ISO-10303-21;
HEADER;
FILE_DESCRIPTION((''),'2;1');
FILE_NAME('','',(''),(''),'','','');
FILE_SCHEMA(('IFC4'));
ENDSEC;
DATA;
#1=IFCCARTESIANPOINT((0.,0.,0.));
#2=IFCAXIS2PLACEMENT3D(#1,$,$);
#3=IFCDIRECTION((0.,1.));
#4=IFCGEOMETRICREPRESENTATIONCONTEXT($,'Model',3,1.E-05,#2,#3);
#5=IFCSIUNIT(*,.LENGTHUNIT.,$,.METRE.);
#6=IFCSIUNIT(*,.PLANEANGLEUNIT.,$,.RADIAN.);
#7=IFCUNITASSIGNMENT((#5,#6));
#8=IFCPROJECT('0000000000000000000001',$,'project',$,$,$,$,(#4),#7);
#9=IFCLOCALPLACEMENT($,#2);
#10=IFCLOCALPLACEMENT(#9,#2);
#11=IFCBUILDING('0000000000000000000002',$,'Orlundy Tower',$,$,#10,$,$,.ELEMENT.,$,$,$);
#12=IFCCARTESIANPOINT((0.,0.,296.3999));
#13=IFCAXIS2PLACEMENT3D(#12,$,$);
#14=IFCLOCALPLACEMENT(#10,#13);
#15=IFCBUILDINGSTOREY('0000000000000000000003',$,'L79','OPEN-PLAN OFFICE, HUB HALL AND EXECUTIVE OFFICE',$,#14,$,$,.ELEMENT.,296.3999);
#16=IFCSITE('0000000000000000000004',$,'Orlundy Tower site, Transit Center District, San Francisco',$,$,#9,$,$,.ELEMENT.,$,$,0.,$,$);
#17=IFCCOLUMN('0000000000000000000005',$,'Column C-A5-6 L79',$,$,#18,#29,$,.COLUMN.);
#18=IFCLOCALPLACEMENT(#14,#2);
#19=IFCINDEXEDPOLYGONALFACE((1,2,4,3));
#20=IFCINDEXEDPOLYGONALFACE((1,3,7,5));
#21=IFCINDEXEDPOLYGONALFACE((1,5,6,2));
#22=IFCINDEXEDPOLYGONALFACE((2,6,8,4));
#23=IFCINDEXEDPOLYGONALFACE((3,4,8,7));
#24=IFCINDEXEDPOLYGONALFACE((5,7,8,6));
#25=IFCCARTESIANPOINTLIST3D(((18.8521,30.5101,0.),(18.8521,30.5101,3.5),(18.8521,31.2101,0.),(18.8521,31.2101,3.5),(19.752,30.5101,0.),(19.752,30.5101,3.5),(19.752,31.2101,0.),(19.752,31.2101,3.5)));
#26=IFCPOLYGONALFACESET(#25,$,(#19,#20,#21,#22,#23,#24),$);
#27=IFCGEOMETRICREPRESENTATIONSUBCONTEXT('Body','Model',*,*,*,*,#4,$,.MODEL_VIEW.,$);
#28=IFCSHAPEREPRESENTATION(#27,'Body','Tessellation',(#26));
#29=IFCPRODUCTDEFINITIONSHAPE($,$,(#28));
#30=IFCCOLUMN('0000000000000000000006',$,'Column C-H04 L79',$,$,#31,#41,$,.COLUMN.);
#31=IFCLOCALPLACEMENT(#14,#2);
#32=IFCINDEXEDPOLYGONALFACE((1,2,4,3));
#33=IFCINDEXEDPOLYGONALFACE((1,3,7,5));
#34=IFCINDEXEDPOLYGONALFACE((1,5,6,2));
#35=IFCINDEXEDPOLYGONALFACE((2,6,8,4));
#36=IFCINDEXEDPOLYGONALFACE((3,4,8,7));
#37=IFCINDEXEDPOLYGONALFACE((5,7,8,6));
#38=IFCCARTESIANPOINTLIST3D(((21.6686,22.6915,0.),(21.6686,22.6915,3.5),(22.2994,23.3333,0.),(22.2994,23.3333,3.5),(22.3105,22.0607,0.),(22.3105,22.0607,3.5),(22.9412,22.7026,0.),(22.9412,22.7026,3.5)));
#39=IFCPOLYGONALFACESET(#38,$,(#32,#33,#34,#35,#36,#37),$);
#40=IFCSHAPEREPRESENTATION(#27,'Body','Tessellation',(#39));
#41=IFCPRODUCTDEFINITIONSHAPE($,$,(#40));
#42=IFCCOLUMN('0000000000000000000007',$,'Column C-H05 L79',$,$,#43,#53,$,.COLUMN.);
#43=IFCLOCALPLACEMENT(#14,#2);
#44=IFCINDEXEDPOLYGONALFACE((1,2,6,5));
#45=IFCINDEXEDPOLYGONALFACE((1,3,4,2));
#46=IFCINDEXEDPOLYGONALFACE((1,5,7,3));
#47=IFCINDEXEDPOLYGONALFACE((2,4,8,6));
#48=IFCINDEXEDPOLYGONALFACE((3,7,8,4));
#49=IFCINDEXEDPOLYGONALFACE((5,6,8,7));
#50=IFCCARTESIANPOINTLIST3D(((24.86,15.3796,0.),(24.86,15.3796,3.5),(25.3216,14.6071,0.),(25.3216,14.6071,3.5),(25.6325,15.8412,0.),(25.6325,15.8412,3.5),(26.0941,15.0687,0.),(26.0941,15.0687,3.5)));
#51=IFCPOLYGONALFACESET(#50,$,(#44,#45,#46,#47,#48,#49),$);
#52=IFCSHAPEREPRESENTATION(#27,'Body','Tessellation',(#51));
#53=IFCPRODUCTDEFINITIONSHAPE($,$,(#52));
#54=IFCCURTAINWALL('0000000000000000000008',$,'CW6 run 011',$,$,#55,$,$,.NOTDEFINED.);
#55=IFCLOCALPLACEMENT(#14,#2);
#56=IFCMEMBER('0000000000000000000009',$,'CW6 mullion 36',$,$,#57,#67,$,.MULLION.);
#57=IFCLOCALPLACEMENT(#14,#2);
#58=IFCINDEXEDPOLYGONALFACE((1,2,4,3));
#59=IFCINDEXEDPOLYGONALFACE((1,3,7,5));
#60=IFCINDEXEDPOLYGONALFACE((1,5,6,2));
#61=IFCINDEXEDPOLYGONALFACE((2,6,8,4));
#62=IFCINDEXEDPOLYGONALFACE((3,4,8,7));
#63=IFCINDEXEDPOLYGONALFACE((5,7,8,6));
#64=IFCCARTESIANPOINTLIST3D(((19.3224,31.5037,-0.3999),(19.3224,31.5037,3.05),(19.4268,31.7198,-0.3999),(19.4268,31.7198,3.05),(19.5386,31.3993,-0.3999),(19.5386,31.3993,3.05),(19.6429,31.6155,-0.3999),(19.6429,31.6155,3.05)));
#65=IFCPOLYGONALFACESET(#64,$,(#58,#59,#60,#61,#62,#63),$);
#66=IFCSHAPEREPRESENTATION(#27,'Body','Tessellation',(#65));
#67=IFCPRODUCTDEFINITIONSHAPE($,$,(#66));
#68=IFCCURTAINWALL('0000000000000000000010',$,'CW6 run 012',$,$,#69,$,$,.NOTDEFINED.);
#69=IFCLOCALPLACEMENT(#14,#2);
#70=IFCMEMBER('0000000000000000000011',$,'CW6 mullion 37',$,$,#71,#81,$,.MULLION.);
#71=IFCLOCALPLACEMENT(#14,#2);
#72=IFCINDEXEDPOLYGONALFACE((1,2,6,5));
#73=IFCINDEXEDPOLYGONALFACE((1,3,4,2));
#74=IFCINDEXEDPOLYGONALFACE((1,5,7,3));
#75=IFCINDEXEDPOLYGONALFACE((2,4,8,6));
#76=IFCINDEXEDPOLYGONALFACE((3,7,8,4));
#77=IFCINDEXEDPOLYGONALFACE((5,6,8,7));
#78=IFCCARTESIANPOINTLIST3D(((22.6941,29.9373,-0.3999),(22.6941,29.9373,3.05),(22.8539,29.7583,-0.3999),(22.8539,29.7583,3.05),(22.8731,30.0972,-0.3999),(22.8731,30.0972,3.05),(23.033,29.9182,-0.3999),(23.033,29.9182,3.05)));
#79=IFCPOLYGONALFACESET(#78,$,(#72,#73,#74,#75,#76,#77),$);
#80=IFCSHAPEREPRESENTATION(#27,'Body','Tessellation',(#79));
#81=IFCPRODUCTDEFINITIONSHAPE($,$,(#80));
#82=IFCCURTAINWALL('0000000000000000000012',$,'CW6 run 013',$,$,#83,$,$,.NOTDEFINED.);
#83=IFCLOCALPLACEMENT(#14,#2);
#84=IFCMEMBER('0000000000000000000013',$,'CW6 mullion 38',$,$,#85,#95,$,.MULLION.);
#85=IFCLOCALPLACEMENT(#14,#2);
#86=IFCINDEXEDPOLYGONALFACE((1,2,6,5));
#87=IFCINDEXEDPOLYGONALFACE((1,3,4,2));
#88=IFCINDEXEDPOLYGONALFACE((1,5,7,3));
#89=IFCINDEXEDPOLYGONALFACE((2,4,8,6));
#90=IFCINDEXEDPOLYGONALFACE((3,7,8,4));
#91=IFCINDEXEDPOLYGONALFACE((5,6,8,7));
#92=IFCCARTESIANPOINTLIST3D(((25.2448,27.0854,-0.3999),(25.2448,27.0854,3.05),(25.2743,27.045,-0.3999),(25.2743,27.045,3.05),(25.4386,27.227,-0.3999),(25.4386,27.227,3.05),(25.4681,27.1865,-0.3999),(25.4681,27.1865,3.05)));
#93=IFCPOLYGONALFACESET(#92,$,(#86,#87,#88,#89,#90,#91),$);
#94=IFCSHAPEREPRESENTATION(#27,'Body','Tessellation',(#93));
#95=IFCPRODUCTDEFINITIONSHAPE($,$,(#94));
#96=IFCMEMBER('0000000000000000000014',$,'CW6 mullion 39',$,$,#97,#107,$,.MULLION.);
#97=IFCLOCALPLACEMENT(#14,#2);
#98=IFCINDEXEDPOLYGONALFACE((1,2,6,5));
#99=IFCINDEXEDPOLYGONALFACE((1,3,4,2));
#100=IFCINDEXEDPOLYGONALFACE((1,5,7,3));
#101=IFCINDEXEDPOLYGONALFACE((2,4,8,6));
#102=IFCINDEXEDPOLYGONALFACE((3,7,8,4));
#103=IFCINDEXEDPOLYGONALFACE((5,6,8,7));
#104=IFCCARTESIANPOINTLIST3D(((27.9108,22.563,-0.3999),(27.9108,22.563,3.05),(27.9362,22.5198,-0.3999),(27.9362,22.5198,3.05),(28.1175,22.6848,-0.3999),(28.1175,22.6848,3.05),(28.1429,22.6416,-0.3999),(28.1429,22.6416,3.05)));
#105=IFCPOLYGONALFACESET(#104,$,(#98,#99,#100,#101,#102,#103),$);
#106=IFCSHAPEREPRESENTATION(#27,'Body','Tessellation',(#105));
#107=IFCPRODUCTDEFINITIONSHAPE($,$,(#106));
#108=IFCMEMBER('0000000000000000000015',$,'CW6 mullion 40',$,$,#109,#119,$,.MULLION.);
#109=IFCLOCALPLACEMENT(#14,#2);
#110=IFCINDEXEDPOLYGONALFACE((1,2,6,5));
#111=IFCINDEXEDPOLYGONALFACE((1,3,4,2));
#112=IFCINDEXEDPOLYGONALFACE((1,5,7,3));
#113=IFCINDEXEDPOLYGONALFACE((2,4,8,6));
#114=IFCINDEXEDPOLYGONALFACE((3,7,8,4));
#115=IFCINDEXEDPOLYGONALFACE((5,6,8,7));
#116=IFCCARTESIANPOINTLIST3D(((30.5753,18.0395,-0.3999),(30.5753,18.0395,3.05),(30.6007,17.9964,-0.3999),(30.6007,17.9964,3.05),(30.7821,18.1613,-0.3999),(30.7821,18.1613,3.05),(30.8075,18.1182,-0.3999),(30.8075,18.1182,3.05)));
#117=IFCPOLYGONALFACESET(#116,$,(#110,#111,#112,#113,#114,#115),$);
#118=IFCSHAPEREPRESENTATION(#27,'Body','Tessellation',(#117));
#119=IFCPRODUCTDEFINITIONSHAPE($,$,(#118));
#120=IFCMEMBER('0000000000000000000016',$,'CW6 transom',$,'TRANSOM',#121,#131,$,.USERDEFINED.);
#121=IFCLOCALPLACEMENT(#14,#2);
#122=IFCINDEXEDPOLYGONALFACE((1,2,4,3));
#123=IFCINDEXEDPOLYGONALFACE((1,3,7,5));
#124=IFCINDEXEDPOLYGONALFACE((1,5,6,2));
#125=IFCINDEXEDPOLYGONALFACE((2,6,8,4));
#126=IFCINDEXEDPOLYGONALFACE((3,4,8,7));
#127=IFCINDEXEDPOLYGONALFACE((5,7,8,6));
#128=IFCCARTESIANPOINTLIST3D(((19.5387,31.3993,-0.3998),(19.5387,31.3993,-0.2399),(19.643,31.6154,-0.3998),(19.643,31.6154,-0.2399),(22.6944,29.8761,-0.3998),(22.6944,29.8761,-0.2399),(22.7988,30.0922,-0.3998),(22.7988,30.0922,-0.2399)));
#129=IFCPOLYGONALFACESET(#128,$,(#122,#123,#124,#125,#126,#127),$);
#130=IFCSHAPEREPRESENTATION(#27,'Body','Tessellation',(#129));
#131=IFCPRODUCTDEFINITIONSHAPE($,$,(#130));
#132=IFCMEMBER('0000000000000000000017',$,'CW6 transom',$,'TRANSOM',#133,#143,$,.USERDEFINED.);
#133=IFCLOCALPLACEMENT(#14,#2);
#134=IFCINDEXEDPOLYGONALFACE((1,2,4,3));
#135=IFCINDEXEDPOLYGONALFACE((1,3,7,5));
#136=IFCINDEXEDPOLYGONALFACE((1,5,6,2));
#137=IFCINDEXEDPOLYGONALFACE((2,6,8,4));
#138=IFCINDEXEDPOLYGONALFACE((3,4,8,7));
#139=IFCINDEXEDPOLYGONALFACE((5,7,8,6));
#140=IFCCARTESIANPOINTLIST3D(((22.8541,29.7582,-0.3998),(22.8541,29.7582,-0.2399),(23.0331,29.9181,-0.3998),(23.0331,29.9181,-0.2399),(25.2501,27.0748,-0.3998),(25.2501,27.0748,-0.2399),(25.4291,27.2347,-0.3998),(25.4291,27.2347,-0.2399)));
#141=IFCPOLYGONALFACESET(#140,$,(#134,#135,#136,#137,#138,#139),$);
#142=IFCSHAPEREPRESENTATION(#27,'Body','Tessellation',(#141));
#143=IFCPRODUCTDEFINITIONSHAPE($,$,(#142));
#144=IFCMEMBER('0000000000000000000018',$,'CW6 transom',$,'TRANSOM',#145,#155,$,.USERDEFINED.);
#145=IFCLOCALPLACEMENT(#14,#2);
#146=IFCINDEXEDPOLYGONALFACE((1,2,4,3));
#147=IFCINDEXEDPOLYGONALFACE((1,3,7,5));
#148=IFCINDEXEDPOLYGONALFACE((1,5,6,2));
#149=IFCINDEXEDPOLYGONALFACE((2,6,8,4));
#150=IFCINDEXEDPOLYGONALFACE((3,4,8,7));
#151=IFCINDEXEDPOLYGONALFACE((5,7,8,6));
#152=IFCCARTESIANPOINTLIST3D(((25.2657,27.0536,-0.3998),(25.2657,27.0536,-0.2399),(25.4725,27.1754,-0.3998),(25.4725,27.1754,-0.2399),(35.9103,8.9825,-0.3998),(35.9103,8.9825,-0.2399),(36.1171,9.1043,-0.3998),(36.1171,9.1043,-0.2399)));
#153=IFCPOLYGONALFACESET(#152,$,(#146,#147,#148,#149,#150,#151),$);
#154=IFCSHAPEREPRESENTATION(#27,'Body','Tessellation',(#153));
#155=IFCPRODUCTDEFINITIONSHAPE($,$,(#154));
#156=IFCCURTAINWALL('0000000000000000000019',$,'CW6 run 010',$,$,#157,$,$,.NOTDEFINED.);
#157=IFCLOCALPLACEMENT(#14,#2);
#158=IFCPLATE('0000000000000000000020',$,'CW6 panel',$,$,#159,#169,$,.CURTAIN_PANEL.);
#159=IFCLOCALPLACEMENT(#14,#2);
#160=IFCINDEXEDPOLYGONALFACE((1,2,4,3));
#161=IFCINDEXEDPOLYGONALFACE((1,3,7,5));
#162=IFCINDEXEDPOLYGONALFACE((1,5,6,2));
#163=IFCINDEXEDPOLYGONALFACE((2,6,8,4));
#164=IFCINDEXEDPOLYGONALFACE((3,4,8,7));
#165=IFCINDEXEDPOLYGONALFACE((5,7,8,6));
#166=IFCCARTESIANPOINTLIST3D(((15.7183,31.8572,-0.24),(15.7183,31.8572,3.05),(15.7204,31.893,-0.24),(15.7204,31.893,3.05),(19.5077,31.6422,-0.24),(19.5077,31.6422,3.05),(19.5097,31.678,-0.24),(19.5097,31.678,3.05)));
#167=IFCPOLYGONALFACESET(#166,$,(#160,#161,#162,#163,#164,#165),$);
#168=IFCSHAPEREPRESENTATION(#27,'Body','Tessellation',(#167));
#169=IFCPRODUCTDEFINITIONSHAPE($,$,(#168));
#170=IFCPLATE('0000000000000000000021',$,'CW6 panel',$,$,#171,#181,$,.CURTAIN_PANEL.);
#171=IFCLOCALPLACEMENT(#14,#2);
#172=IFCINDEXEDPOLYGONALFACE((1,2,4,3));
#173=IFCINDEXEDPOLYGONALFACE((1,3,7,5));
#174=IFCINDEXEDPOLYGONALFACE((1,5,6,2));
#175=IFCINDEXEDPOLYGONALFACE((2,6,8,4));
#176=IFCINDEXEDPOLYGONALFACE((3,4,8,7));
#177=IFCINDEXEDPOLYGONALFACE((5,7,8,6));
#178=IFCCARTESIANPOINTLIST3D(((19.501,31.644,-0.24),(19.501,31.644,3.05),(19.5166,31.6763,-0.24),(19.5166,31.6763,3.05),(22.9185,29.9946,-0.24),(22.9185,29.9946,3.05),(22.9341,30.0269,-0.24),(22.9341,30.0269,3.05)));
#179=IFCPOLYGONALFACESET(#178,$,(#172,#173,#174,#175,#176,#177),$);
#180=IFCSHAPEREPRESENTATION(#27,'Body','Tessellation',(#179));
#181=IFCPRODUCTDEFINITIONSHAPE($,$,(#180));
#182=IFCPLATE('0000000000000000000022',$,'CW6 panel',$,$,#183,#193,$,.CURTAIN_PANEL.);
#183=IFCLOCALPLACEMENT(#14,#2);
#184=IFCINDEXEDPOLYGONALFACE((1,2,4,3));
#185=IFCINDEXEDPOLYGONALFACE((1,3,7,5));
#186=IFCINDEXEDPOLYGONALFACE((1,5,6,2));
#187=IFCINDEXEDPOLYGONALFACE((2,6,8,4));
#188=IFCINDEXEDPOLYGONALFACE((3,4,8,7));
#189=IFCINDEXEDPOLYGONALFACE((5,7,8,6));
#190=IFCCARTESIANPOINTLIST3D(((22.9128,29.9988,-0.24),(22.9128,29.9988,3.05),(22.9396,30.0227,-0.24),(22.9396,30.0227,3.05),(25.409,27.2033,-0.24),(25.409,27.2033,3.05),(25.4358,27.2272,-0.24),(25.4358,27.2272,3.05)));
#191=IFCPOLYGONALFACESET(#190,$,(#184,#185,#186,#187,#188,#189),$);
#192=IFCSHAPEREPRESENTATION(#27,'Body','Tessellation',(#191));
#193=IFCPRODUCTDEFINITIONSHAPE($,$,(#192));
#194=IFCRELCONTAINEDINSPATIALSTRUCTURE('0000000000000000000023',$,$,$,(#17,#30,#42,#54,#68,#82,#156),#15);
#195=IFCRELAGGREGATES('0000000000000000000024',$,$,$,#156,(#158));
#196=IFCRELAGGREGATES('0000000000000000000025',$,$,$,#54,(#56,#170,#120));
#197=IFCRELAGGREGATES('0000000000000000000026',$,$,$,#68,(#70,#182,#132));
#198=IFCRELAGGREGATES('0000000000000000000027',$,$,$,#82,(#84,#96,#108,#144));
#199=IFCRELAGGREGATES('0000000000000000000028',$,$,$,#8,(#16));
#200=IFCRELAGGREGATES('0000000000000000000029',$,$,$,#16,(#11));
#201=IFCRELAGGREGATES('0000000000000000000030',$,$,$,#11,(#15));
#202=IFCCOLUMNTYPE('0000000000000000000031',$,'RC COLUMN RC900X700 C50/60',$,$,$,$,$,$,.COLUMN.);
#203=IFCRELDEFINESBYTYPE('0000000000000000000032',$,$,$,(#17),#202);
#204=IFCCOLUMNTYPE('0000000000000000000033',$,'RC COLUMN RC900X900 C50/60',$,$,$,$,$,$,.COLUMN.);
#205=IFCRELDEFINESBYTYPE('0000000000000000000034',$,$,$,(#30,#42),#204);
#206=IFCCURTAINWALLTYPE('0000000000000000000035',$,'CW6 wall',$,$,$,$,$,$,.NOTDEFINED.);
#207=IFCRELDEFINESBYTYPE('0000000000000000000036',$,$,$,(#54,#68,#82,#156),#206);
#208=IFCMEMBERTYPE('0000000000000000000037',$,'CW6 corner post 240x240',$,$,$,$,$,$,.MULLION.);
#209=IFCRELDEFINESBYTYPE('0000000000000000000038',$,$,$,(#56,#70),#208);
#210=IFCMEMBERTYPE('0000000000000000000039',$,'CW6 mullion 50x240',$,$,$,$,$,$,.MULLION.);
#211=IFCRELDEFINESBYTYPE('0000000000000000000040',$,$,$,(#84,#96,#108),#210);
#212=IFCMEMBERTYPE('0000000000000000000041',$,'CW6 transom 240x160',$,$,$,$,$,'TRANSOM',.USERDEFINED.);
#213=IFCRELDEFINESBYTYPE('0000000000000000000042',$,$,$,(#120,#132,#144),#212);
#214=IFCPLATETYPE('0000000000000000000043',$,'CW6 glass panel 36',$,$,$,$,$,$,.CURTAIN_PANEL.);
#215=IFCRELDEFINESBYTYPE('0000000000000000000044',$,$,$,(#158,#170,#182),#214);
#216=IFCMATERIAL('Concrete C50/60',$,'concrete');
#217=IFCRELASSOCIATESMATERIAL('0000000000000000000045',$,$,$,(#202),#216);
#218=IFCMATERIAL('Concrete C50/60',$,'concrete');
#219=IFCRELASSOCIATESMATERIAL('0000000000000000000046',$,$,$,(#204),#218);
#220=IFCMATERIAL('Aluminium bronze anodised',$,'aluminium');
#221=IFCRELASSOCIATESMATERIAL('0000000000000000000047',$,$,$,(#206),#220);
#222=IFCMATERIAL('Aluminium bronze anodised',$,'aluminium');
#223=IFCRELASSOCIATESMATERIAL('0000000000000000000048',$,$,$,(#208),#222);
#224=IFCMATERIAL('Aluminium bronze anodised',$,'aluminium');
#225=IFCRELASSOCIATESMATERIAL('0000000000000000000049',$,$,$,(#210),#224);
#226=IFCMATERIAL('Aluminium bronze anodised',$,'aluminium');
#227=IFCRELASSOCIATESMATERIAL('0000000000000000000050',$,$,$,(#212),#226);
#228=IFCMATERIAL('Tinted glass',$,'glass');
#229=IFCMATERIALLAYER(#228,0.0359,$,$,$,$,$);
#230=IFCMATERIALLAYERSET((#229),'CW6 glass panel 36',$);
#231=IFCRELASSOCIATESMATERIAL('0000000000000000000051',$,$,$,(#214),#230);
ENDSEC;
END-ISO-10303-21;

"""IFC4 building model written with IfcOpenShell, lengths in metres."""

from ifc_helpers import new_model, si_unit, direction, frame, origin, origin_2d, place, context, subcontext, project, spatial, rectangle, extrude, material, layer, layer_set, material_profile, profile_set, type_object, element, aggregate, save


model = new_model("IFC4")

# Units and contexts
model_context = context("Model", 3, precision=1e-05, world=origin(), true_north=direction((0.0, 1.0)))
body_context = subcontext(model_context, "Body", "Model", "MODEL_VIEW")
ifc_project = project(units=[si_unit("LENGTHUNIT", "METRE"), si_unit("PLANEANGLEUNIT", "RADIAN")], contexts=[model_context])

# Site, building, storey
site_placement = place(None, origin())
site = spatial("IfcSite", under=ifc_project, at=site_placement, Name="Orlundy Tower site, Transit Center District, San Francisco", CompositionType="ELEMENT", RefElevation=0.0)
building_placement = place(site_placement, origin())
building = spatial("IfcBuilding", under=site, at=building_placement, Name="Orlundy Tower", CompositionType="ELEMENT")
storey_placement = place(building_placement, frame((0.0, 0.0, 296.3999)))
storey = spatial("IfcBuildingStorey", under=building, at=storey_placement, Name="L79", Description="OPEN-PLAN OFFICE, HUB HALL AND EXECUTIVE OFFICE", CompositionType="ELEMENT", Elevation=296.3999)

# Columns
ifc_material_1 = material(Name="Concrete C50/60", Category="concrete")
ifc_material_profile_1 = material_profile(ifc_material_1, rectangle(XDim=0.8999, YDim=0.7, at=origin_2d()), Name="RC900X700")
ifc_profile_set_1 = profile_set([ifc_material_profile_1], Name="Concrete C50/60")
column_type_1 = type_object("IfcColumnType", Name="RC COLUMN RC900X700 C50/60", PredefinedType="COLUMN", material=ifc_profile_set_1)
column_placement = place(storey_placement, frame((19.302, 30.8601, 0.0), z_axis=(0.0, 0.0, 1.0), x_axis=(1.0, 0.0, 0.0)))
element("IfcColumn", 1, at=column_placement, inside=storey, type_object=column_type_1, Name="Column C-A5-6 L79", PredefinedType="COLUMN", context=body_context, shape_type="SweptSolid", body=[
    extrude(rectangle(XDim=0.8999, YDim=0.7, at=origin_2d()), origin(), (0.0, 0.0, 1.0), 3.5),
])
ifc_material_2 = material(Name="Concrete C50/60", Category="concrete")
ifc_material_profile_2 = material_profile(ifc_material_2, rectangle(XDim=0.8999, YDim=0.8999, at=origin_2d()), Name="RC900X900")
ifc_profile_set_2 = profile_set([ifc_material_profile_2], Name="Concrete C50/60")
column_type_2 = type_object("IfcColumnType", Name="RC COLUMN RC900X900 C50/60", PredefinedType="COLUMN", material=ifc_profile_set_2)
for number, where, z_axis, x_axis, name in (
    (2, (22.3049, 22.697, 0.0), (0.0, 0.0, 1.0), (0.700922, 0.713238, 0.0), "Column C-H04 L79"),
    (3, (25.4771, 15.2241, 0.0), (0.0, 0.0, 1.0), (0.858414, 0.512957, 0.0), "Column C-H05 L79"),
):
    element("IfcColumn", number, at=place(storey_placement, frame(where, z_axis=z_axis, x_axis=x_axis)), inside=storey, type_object=column_type_2, Name=name, PredefinedType="COLUMN", context=body_context, shape_type="SweptSolid", body=[
        extrude(rectangle(XDim=0.8999, YDim=0.8999, at=origin_2d()), origin(), (0.0, 0.0, 1.0), 3.5),
    ])

# Curtain walls, members
ifc_material_3 = material(Name="Aluminium bronze anodised", Category="aluminium")
curtain_wall_type = type_object("IfcCurtainWallType", Name="CW6 wall", PredefinedType="NOTDEFINED", material=ifc_material_3)
curtain_wall_1_placement = place(storey_placement, origin())
curtain_wall_1 = element("IfcCurtainWall", 4, at=curtain_wall_1_placement, inside=storey, type_object=curtain_wall_type, Name="CW6 run 011", PredefinedType="NOTDEFINED")
ifc_material_4 = material(Name="Aluminium bronze anodised", Category="aluminium")
ifc_material_profile_3 = material_profile(ifc_material_4, rectangle(XDim=0.24, YDim=0.24, at=origin_2d()), Name="CW6 corner post 240x240")
ifc_profile_set_3 = profile_set([ifc_material_profile_3], Name="Aluminium bronze anodised")
member_type_1 = type_object("IfcMemberType", Name="CW6 corner post 240x240", PredefinedType="MULLION", material=ifc_profile_set_3)
member_1_placement = place(storey_placement, frame((19.4827, 31.5596, -0.3999), z_axis=(0.0, 0.0, 1.0), x_axis=(0.434651, 0.900599, 0.0)))
member_1 = element("IfcMember", 5, at=member_1_placement, type_object=member_type_1, Name="CW6 mullion 36", PredefinedType="MULLION", context=body_context, shape_type="SweptSolid", body=[
    extrude(rectangle(XDim=0.24, YDim=0.24, at=origin_2d()), origin(), (0.0, 0.0, 1.0), 3.45),
])
curtain_wall_2_placement = place(storey_placement, origin())
curtain_wall_2 = element("IfcCurtainWall", 6, at=curtain_wall_2_placement, inside=storey, type_object=curtain_wall_type, Name="CW6 run 012", PredefinedType="NOTDEFINED")
member_2_placement = place(storey_placement, frame((22.8635, 29.9277, -0.3999), z_axis=(0.0, 0.0, 1.0), x_axis=(0.745904, 0.666053, 0.0)))
member_2 = element("IfcMember", 7, at=member_2_placement, type_object=member_type_1, Name="CW6 mullion 37", PredefinedType="MULLION", context=body_context, shape_type="SweptSolid", body=[
    extrude(rectangle(XDim=0.24, YDim=0.24, at=origin_2d()), origin(), (0.0, 0.0, 1.0), 3.45),
])

# Curtain wall, members
curtain_wall_3_placement = place(storey_placement, origin())
curtain_wall_3 = element("IfcCurtainWall", 8, at=curtain_wall_3_placement, inside=storey, type_object=curtain_wall_type, Name="CW6 run 013", PredefinedType="NOTDEFINED")
ifc_material_5 = material(Name="Aluminium bronze anodised", Category="aluminium")
ifc_material_profile_4 = material_profile(ifc_material_5, rectangle(XDim=0.24, YDim=0.05, at=origin_2d()), Name="CW6 mullion 50x240")
ifc_profile_set_4 = profile_set([ifc_material_profile_4], Name="Aluminium bronze anodised")
member_type_2 = type_object("IfcMemberType", Name="CW6 mullion 50x240", PredefinedType="MULLION", material=ifc_profile_set_4)
member_3_placement = place(storey_placement, frame((25.3564, 27.136, -0.3999), z_axis=(0.0, 0.0, 1.0), x_axis=(0.807667, 0.589639, 0.0)))
member_3 = element("IfcMember", 9, at=member_3_placement, type_object=member_type_2, Name="CW6 mullion 38", PredefinedType="MULLION", context=body_context, shape_type="SweptSolid", body=[
    extrude(rectangle(XDim=0.24, YDim=0.05, at=origin_2d()), origin(), (0.0, 0.0, 1.0), 3.45),
])
member_4_placement = place(storey_placement, frame((28.0269, 22.6023, -0.3999), z_axis=(0.0, 0.0, 1.0), x_axis=(0.861633, 0.507532, 0.0)))
member_4 = element("IfcMember", 10, at=member_4_placement, type_object=member_type_2, Name="CW6 mullion 39", PredefinedType="MULLION", context=body_context, shape_type="SweptSolid", body=[
    extrude(rectangle(XDim=0.24, YDim=0.05, at=origin_2d()), origin(), (0.0, 0.0, 1.0), 3.45),
])
member_5_placement = place(storey_placement, frame((30.6914, 18.0789, -0.3999), z_axis=(0.0, 0.0, 1.0), x_axis=(0.861633, 0.507532, 0.0)))
member_5 = element("IfcMember", 11, at=member_5_placement, type_object=member_type_2, Name="CW6 mullion 40", PredefinedType="MULLION", context=body_context, shape_type="SweptSolid", body=[
    extrude(rectangle(XDim=0.24, YDim=0.05, at=origin_2d()), origin(), (0.0, 0.0, 1.0), 3.45),
])

# Members
ifc_material_6 = material(Name="Aluminium bronze anodised", Category="aluminium")
ifc_material_profile_5 = material_profile(ifc_material_6, rectangle(XDim=0.24, YDim=0.1599, at=origin_2d()), Name="CW6 transom 240x160")
ifc_profile_set_5 = profile_set([ifc_material_profile_5], Name="Aluminium bronze anodised")
member_type_3 = type_object("IfcMemberType", Name="CW6 transom 240x160", ElementType="TRANSOM", PredefinedType="USERDEFINED", material=ifc_profile_set_5)
member_6_placement = place(storey_placement, frame((19.5908, 31.5073, -0.3198), z_axis=(0.900583, -0.434685, 0.0), x_axis=(0.434685, 0.900583, 0.0)))
member_6 = element("IfcMember", 12, at=member_6_placement, type_object=member_type_3, Name="CW6 transom", ObjectType="TRANSOM", PredefinedType="USERDEFINED", context=body_context, shape_type="SweptSolid", body=[
    extrude(rectangle(XDim=0.24, YDim=0.1599, at=origin_2d()), origin(), (0.0, 0.0, 1.0), 3.5042),
])
member_7_placement = place(storey_placement, frame((22.9436, 29.8381, -0.3198), z_axis=(0.666039, -0.745917, 0.0), x_axis=(0.745917, 0.666039, 0.0)))
member_7 = element("IfcMember", 13, at=member_7_placement, type_object=member_type_3, Name="CW6 transom", ObjectType="TRANSOM", PredefinedType="USERDEFINED", context=body_context, shape_type="SweptSolid", body=[
    extrude(rectangle(XDim=0.24, YDim=0.1599, at=origin_2d()), origin(), (0.0, 0.0, 1.0), 3.5974),
])
member_8_placement = place(storey_placement, frame((25.3691, 27.1145, -0.3198), z_axis=(0.507534, -0.861632, 0.0), x_axis=(0.861632, 0.507534, 0.0)))
member_8 = element("IfcMember", 14, at=member_8_placement, type_object=member_type_3, Name="CW6 transom", ObjectType="TRANSOM", PredefinedType="USERDEFINED", context=body_context, shape_type="SweptSolid", body=[
    extrude(rectangle(XDim=0.24, YDim=0.1599, at=origin_2d()), origin(), (0.0, 0.0, 1.0), 20.9731),
])

# Curtain wall, plate
curtain_wall_4_placement = place(storey_placement, origin())
curtain_wall_4 = element("IfcCurtainWall", 15, at=curtain_wall_4_placement, inside=storey, type_object=curtain_wall_type, Name="CW6 run 010", PredefinedType="NOTDEFINED")
ifc_material_7 = material(Name="Tinted glass", Category="glass")
ifc_layer = layer(ifc_material_7, 0.0359)
ifc_layer_set = layer_set([ifc_layer], Name="CW6 glass panel 36")
plate_type = type_object("IfcPlateType", Name="CW6 glass panel 36", PredefinedType="CURTAIN_PANEL", material=ifc_layer_set)
plate_1_placement = place(storey_placement, frame((17.614, 31.7676, -0.24), z_axis=(0.0, 0.0, 1.0), x_axis=(0.998394, -0.05665, 0.0)))
plate_1 = element("IfcPlate", 16, at=plate_1_placement, type_object=plate_type, Name="CW6 panel", PredefinedType="CURTAIN_PANEL", context=body_context, shape_type="SweptSolid", body=[
    extrude(rectangle(XDim=3.7954, YDim=0.0359, at=origin_2d()), origin(), (0.0, 0.0, 1.0), 3.29),
])
aggregate(curtain_wall_4, [plate_1])

# Plates
plate_2_placement = place(storey_placement, frame((21.2175, 30.8354, -0.24), z_axis=(0.0, 0.0, 1.0), x_axis=(0.900599, -0.434651, 0.0)))
plate_2 = element("IfcPlate", 17, at=plate_2_placement, type_object=plate_type, Name="CW6 panel", PredefinedType="CURTAIN_PANEL", context=body_context, shape_type="SweptSolid", body=[
    extrude(rectangle(XDim=3.7947, YDim=0.0359, at=origin_2d()), origin(), (0.0, 0.0, 1.0), 3.29),
])
aggregate(curtain_wall_1, [member_1, plate_2, member_6])
plate_3_placement = place(storey_placement, frame((24.1743, 28.613, -0.24), z_axis=(0.0, 0.0, 1.0), x_axis=(0.666053, -0.745904, 0.0)))
plate_3 = element("IfcPlate", 18, at=plate_3_placement, type_object=plate_type, Name="CW6 panel", PredefinedType="CURTAIN_PANEL", context=body_context, shape_type="SweptSolid", body=[
    extrude(rectangle(XDim=3.7478, YDim=0.0359, at=origin_2d()), origin(), (0.0, 0.0, 1.0), 3.29),
])
aggregate(curtain_wall_2, [member_2, plate_3, member_7])
aggregate(curtain_wall_3, [member_3, member_4, member_5, member_8])

save(model, "model.ifc")
